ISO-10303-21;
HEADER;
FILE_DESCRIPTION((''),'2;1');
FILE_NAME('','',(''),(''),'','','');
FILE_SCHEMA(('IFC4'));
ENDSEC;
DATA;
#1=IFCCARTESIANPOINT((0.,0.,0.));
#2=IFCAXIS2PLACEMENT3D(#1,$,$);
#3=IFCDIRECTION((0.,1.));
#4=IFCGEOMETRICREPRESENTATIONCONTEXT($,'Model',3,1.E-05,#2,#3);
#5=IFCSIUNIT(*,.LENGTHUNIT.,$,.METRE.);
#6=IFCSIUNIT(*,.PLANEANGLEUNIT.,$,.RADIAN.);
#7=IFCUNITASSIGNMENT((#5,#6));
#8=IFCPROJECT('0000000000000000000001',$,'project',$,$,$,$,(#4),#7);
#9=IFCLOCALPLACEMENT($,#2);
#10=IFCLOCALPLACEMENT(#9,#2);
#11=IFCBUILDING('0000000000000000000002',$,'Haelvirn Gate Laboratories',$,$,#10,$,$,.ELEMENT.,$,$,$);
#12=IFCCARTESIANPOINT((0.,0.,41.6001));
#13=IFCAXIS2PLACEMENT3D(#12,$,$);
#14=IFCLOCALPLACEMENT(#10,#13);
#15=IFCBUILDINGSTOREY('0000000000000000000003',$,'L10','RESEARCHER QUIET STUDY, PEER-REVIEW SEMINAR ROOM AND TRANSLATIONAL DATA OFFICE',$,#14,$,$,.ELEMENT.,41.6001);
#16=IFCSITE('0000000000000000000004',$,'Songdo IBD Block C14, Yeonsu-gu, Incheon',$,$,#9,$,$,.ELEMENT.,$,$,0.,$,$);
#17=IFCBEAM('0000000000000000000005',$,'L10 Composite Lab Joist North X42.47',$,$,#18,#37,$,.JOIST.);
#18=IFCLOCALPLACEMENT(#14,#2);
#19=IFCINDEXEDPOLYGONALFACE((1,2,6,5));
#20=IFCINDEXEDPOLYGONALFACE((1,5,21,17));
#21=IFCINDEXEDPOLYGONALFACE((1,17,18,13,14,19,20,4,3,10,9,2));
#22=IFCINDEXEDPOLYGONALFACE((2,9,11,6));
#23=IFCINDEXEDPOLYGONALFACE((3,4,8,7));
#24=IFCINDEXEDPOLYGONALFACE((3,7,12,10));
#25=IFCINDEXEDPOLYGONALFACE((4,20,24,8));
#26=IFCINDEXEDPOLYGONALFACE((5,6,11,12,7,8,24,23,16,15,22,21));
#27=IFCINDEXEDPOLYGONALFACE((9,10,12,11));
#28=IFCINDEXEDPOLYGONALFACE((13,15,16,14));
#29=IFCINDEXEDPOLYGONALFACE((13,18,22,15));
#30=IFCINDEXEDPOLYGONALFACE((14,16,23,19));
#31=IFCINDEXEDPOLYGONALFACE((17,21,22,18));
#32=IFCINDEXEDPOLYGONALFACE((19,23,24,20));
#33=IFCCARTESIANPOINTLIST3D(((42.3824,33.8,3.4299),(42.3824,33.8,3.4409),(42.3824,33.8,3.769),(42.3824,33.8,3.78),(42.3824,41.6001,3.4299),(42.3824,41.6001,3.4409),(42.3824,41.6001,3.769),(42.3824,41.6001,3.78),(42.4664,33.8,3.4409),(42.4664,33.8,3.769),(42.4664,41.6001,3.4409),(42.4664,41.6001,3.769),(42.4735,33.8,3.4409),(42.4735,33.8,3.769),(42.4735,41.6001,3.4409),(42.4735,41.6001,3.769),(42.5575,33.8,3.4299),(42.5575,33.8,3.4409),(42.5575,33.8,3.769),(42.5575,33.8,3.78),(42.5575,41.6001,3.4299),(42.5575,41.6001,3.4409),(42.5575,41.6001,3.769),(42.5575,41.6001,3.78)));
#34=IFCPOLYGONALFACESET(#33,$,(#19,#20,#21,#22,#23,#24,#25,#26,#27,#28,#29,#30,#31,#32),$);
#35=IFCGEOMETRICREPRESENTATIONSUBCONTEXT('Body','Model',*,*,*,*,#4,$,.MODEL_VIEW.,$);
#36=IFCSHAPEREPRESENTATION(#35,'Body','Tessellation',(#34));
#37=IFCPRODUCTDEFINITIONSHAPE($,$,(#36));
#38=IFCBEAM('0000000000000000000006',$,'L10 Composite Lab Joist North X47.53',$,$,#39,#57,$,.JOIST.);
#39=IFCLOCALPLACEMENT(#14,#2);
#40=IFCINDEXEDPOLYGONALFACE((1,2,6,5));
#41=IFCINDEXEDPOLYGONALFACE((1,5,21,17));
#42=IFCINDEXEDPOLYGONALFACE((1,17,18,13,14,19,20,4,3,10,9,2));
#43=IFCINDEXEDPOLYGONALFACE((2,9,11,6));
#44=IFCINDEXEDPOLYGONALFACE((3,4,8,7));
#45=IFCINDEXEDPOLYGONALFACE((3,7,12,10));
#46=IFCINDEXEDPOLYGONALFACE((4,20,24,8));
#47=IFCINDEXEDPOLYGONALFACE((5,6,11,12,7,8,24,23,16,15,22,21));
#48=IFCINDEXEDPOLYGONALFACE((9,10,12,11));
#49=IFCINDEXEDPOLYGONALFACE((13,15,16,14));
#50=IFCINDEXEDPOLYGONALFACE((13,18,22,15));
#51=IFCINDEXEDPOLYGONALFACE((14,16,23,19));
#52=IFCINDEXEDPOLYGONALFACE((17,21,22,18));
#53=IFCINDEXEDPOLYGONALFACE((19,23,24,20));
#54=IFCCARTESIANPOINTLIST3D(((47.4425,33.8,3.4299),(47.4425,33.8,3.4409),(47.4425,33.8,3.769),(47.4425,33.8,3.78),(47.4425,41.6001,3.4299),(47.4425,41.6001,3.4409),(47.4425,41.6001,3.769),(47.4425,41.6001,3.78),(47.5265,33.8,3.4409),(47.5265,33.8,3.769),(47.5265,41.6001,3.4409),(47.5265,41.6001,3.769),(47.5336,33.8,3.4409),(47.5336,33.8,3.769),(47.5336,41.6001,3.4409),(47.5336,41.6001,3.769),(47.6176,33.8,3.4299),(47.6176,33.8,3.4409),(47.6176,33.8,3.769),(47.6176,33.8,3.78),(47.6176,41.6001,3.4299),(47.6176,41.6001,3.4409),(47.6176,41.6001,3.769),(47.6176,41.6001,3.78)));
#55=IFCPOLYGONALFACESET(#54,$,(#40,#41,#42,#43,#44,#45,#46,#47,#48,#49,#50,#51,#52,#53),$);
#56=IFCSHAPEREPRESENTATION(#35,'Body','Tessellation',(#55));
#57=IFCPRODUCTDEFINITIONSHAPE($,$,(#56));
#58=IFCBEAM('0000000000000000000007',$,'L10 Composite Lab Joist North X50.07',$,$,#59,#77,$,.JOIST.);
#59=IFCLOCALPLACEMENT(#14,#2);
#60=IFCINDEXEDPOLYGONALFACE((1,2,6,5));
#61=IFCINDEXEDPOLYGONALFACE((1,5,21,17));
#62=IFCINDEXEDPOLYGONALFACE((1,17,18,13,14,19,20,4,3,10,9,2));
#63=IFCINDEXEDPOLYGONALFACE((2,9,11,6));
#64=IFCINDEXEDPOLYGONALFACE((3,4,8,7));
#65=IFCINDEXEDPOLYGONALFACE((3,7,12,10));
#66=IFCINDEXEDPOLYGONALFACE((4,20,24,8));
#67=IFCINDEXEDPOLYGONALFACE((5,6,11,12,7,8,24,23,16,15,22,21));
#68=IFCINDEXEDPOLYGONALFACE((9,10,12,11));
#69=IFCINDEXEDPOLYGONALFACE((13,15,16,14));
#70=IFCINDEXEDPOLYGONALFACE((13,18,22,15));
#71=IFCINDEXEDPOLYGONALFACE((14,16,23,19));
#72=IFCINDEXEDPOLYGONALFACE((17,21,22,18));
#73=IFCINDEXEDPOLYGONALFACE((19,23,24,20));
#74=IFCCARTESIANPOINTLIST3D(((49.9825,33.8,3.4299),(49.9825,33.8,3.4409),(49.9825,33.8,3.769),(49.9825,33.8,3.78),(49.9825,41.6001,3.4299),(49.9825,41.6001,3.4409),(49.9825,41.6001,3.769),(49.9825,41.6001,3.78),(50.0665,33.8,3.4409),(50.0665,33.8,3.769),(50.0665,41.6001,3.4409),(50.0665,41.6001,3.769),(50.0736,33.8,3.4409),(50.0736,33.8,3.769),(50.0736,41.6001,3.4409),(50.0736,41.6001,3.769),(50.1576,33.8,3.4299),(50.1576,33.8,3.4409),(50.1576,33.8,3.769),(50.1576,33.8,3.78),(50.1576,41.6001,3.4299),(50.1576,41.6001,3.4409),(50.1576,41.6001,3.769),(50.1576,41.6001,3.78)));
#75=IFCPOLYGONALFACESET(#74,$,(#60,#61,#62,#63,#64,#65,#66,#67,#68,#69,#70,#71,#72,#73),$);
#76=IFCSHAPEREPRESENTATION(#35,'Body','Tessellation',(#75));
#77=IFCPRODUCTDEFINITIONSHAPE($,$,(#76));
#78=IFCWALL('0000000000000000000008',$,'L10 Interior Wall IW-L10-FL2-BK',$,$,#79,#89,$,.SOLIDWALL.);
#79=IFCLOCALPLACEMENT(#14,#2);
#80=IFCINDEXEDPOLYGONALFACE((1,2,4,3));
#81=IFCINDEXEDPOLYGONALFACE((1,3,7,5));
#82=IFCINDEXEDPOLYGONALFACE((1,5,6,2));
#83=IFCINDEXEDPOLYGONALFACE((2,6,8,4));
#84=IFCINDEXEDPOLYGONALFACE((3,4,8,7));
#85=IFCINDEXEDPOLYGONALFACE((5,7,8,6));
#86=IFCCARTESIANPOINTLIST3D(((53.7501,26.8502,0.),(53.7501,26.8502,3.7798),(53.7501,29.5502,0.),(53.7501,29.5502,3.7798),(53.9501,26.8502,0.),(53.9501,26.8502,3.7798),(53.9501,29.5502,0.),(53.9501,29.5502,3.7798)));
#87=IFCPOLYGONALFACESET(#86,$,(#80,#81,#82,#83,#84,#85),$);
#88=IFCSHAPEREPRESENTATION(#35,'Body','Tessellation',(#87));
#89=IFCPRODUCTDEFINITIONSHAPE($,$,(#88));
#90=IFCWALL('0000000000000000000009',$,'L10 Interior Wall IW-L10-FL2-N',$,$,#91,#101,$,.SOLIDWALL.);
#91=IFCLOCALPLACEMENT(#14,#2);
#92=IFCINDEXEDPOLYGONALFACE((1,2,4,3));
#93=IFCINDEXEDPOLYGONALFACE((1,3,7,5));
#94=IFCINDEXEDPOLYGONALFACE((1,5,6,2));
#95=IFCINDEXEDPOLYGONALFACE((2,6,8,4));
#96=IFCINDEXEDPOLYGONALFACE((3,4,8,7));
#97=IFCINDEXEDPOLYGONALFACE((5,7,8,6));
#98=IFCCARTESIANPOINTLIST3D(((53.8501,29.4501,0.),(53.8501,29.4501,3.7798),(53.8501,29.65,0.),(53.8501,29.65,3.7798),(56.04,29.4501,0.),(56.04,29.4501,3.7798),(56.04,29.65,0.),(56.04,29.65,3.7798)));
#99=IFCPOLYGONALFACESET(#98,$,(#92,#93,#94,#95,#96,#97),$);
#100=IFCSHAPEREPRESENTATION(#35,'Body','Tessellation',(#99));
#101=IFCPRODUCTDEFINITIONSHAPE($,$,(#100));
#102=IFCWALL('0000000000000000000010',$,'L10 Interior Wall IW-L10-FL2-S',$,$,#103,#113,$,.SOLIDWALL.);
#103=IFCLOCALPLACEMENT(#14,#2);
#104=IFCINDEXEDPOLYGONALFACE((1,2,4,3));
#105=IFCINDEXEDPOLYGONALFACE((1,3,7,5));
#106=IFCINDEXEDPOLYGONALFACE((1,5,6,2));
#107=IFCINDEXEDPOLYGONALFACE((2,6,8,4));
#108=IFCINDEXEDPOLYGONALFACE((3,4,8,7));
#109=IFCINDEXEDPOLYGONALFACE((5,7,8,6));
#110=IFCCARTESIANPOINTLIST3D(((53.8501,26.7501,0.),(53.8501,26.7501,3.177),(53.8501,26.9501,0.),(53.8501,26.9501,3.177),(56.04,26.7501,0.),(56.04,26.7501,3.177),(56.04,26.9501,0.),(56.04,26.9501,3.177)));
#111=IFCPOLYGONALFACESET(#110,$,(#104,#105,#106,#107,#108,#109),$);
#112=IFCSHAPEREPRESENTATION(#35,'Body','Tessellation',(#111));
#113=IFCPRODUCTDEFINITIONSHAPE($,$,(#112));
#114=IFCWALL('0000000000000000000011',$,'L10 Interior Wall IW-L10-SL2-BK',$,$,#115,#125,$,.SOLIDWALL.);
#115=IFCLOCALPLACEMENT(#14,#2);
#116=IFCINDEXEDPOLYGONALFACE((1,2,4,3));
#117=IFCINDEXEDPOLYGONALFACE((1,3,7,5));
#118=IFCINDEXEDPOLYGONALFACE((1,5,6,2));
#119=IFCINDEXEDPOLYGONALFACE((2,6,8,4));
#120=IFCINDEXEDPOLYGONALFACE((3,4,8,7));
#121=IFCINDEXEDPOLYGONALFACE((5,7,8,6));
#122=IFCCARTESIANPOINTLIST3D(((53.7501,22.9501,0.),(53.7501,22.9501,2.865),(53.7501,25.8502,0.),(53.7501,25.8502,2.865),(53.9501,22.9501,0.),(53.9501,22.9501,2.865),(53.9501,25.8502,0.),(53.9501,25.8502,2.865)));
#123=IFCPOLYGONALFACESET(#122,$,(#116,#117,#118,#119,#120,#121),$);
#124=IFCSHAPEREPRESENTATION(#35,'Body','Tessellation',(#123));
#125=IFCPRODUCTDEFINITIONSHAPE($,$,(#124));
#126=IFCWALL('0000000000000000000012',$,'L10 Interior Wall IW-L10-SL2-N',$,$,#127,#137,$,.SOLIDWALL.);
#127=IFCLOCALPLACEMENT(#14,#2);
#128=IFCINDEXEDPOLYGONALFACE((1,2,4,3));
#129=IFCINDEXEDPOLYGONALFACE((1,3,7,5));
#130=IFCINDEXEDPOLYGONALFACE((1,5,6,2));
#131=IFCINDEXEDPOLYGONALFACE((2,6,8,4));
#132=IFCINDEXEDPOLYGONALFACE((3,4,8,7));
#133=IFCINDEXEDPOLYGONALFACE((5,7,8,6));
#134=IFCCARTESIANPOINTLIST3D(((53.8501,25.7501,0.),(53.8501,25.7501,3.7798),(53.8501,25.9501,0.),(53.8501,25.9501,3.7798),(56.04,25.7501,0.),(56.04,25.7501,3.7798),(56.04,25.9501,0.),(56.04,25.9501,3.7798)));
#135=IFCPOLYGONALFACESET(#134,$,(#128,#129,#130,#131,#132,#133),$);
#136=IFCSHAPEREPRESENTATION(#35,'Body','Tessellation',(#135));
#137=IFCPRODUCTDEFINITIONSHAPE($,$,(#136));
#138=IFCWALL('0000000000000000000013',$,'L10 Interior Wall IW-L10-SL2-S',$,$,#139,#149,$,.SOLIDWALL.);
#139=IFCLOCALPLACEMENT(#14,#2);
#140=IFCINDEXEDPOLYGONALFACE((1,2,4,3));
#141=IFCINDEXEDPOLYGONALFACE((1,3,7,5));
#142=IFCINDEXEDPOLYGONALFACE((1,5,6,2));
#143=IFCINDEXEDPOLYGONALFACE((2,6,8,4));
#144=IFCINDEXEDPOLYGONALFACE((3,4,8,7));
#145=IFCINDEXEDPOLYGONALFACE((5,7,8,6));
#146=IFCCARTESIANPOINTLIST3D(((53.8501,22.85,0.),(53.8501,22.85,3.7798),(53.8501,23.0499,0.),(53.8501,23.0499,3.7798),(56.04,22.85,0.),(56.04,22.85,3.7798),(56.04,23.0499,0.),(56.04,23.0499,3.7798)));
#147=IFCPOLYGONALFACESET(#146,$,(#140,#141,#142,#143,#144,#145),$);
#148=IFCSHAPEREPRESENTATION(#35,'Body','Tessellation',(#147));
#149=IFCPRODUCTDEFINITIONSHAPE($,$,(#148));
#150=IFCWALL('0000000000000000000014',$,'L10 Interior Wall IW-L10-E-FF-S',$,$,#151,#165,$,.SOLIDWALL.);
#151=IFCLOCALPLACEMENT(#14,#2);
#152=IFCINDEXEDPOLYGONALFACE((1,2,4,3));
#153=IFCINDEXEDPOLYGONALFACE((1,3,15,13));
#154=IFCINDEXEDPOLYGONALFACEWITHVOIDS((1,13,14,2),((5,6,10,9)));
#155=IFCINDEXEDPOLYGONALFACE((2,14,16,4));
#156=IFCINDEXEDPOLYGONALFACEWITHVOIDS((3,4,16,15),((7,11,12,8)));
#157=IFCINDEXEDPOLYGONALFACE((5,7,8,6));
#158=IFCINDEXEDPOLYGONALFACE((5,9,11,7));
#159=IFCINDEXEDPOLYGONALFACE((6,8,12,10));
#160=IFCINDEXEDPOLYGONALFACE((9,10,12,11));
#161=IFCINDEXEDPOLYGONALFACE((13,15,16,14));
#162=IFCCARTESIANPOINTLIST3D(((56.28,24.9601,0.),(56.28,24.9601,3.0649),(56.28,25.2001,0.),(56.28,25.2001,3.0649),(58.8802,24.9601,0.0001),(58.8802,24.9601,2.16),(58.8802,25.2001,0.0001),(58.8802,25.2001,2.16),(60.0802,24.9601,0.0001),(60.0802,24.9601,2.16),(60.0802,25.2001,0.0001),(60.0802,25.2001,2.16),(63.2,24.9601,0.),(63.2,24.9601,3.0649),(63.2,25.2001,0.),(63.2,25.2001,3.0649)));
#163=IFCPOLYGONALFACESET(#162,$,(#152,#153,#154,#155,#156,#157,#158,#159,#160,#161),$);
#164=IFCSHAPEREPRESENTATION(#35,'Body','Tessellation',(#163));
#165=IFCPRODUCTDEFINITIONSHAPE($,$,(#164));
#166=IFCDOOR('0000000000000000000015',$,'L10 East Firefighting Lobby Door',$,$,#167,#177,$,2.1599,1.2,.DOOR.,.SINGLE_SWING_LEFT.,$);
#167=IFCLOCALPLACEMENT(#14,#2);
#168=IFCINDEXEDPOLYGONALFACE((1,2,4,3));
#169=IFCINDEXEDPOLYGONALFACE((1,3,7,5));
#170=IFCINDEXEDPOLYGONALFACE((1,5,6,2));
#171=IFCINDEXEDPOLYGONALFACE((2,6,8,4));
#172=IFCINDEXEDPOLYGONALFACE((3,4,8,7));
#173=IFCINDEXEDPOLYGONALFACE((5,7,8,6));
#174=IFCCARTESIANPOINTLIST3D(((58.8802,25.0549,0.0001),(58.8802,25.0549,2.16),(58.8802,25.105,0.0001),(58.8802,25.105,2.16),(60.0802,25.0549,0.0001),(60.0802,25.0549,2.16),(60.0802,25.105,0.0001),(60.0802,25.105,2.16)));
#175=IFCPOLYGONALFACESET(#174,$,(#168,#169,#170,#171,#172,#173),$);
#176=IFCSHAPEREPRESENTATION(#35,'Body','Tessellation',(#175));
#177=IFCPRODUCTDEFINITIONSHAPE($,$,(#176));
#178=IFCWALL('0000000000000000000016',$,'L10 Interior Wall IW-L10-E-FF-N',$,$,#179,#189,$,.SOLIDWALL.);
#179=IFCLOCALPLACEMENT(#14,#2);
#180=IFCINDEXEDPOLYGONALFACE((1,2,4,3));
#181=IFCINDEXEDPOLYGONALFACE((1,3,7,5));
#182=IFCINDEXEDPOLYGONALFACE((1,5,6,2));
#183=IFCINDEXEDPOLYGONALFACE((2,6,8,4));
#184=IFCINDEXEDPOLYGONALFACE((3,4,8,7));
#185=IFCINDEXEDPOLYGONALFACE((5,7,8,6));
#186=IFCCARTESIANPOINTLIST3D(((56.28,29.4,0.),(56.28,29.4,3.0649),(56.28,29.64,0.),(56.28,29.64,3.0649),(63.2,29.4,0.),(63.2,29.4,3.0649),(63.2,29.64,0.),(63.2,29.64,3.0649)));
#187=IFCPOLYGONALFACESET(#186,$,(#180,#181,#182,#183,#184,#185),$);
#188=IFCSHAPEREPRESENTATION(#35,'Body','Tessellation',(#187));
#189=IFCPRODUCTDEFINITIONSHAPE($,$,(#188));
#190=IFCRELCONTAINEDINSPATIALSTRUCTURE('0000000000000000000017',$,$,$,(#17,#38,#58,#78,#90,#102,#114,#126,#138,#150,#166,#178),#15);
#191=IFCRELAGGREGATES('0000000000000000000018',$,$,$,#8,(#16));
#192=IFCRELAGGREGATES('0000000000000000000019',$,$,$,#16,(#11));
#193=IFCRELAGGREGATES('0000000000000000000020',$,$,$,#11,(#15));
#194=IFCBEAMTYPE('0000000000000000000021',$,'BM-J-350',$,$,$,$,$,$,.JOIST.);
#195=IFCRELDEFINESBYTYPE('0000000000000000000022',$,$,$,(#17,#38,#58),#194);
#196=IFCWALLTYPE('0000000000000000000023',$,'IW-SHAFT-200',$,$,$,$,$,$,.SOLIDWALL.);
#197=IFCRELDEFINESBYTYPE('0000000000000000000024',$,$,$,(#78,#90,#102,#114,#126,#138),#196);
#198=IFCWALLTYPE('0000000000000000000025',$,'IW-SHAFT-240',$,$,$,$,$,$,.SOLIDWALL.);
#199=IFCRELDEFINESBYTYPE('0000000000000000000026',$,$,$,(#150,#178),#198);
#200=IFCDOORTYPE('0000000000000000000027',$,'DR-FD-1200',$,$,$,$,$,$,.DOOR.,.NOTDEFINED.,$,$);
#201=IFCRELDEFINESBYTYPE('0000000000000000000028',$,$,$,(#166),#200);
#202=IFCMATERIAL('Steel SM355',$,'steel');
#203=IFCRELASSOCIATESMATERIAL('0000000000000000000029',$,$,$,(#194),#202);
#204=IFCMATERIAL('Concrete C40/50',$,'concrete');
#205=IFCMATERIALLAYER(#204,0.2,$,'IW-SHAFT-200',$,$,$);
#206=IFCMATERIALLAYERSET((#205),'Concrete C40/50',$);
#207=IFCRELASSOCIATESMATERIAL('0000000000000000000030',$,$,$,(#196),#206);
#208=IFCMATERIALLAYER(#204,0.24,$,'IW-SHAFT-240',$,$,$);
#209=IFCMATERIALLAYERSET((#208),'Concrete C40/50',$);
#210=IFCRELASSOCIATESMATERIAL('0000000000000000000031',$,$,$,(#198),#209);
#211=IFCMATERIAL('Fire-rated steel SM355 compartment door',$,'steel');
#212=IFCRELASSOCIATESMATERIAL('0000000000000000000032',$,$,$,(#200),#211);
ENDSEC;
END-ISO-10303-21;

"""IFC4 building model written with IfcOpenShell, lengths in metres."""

from ifc_helpers import new_model, si_unit, direction, frame, frame_2d, origin, origin_2d, place, context, subcontext, project, spatial, rectangle, i_section, extrude, source, transform, mapped, material, layer, layer_set, material_profile, profile_set, type_object, type_shapes, element, fill, save


model = new_model("IFC4")

# Units and contexts
model_context = context("Model", 3, precision=1e-05, world=origin(), true_north=direction((0.0, 1.0)))
body_context = subcontext(model_context, "Body", "Model", "MODEL_VIEW")
ifc_project = project(units=[si_unit("LENGTHUNIT", "METRE"), si_unit("PLANEANGLEUNIT", "RADIAN")], contexts=[model_context])

# Site, building, storey
site_placement = place(None, origin())
site = spatial("IfcSite", under=ifc_project, at=site_placement, Name="Songdo IBD Block C14, Yeonsu-gu, Incheon", CompositionType="ELEMENT", RefElevation=0.0)
building_placement = place(site_placement, origin())
building = spatial("IfcBuilding", under=site, at=building_placement, Name="Haelvirn Gate Laboratories", CompositionType="ELEMENT")
storey_placement = place(building_placement, frame((0.0, 0.0, 41.6001)))
storey = spatial("IfcBuildingStorey", under=building, at=storey_placement, Name="L10", Description="RESEARCHER QUIET STUDY, PEER-REVIEW SEMINAR ROOM AND TRANSLATIONAL DATA OFFICE", CompositionType="ELEMENT", Elevation=41.6001)

# Beams
ifc_material_1 = material(Name="Steel SM355", Category="steel")
ifc_material_profile_1 = material_profile(ifc_material_1, i_section(OverallWidth=0.175, OverallDepth=0.3501, WebThickness=0.0071, FlangeThickness=0.011, at=origin_2d()), Name="H-350x175x7x11")
ifc_profile_set_1 = profile_set([ifc_material_profile_1], Name="Steel SM355")
beam_type_1 = type_object("IfcBeamType", Name="BM-J-350", PredefinedType="JOIST", material=ifc_profile_set_1)
shared_shape_1 = source(origin(), body_context, "Body", "SweptSolid", [
    extrude(i_section(OverallWidth=0.175, OverallDepth=0.3501, WebThickness=0.0071, FlangeThickness=0.011, at=origin_2d()), origin(), (0.0, 0.0, 1.0), 7.8),
])
type_shapes(beam_type_1, [shared_shape_1])
for number, where, z_axis, x_axis, name in (
    (1, (42.47, 33.8, 3.605), (0.0, 1.0, 0.0), (-1.0, 0.0, 0.0), "L10 Composite Lab Joist North X42.47"),
    (2, (47.53, 33.8, 3.605), (0.0, 1.0, 0.0), (-1.0, 0.0, 0.0), "L10 Composite Lab Joist North X47.53"),
    (3, (50.0701, 33.8, 3.605), (0.0, 1.0, 0.0), (-1.0, 0.0, 0.0), "L10 Composite Lab Joist North X50.07"),
):
    element("IfcBeam", number, at=place(storey_placement, frame(where, z_axis=z_axis, x_axis=x_axis)), inside=storey, type_object=beam_type_1, Name=name, PredefinedType="JOIST", context=body_context, shape_type="MappedRepresentation", body=[
        mapped(shared_shape_1, transform((0.0, 0.0, 0.0), scale=1.0)),
    ])

# Walls
ifc_material_2 = material(Name="Concrete C40/50", Category="concrete")
ifc_layer_1 = layer(ifc_material_2, 0.2, Name="IW-SHAFT-200")
ifc_layer_set_1 = layer_set([ifc_layer_1], Name="Concrete C40/50")
wall_type_1 = type_object("IfcWallType", Name="IW-SHAFT-200", PredefinedType="SOLIDWALL", material=ifc_layer_set_1)
wall_1_placement = place(storey_placement, frame((53.8501, 26.8501, 0.0), z_axis=(0.0, 0.0, 1.0), x_axis=(0.0, 1.0, 0.0)))
element("IfcWall", 4, at=wall_1_placement, inside=storey, type_object=wall_type_1, Name="L10 Interior Wall IW-L10-FL2-BK", PredefinedType="SOLIDWALL", context=body_context, shape_type="SweptSolid", body=[
    extrude(rectangle(XDim=2.7, YDim=0.2, at=frame_2d((1.3501, 0.0))), origin(), (0.0, 0.0, 1.0), 3.7798),
])
wall_2_placement = place(storey_placement, frame((53.8501, 29.55, 0.0), z_axis=(0.0, 0.0, 1.0), x_axis=(1.0, 0.0, 0.0)))
element("IfcWall", 5, at=wall_2_placement, inside=storey, type_object=wall_type_1, Name="L10 Interior Wall IW-L10-FL2-N", PredefinedType="SOLIDWALL", context=body_context, shape_type="SweptSolid", body=[
    extrude(rectangle(XDim=2.1899, YDim=0.2, at=frame_2d((1.095, 0.0))), origin(), (0.0, 0.0, 1.0), 3.7798),
])
wall_3_placement = place(storey_placement, frame((53.8501, 26.8501, 0.0), z_axis=(0.0, 0.0, 1.0), x_axis=(1.0, 0.0, 0.0)))
element("IfcWall", 6, at=wall_3_placement, inside=storey, type_object=wall_type_1, Name="L10 Interior Wall IW-L10-FL2-S", PredefinedType="SOLIDWALL", context=body_context, shape_type="SweptSolid", body=[
    extrude(rectangle(XDim=2.1899, YDim=0.2, at=frame_2d((1.095, 0.0))), origin(), (0.0, 0.0, 1.0), 3.177),
])
wall_4_placement = place(storey_placement, frame((53.8501, 22.95, 0.0), z_axis=(0.0, 0.0, 1.0), x_axis=(0.0, 1.0, 0.0)))
element("IfcWall", 7, at=wall_4_placement, inside=storey, type_object=wall_type_1, Name="L10 Interior Wall IW-L10-SL2-BK", PredefinedType="SOLIDWALL", context=body_context, shape_type="SweptSolid", body=[
    extrude(rectangle(XDim=2.9001, YDim=0.2, at=frame_2d((1.4502, 0.0))), origin(), (0.0, 0.0, 1.0), 2.865),
])
for number, where, z_axis, x_axis, name in (
    (8, (53.8501, 25.8501, 0.0), (0.0, 0.0, 1.0), (1.0, 0.0, 0.0), "L10 Interior Wall IW-L10-SL2-N"),
    (9, (53.8501, 22.95, 0.0), (0.0, 0.0, 1.0), (1.0, 0.0, 0.0), "L10 Interior Wall IW-L10-SL2-S"),
):
    element("IfcWall", number, at=place(storey_placement, frame(where, z_axis=z_axis, x_axis=x_axis)), inside=storey, type_object=wall_type_1, Name=name, PredefinedType="SOLIDWALL", context=body_context, shape_type="SweptSolid", body=[
        extrude(rectangle(XDim=2.1899, YDim=0.2, at=frame_2d((1.095, 0.0))), origin(), (0.0, 0.0, 1.0), 3.7798),
    ])

# Wall, opening, door
ifc_layer_2 = layer(ifc_material_2, 0.24, Name="IW-SHAFT-240")
ifc_layer_set_2 = layer_set([ifc_layer_2], Name="Concrete C40/50")
wall_type_2 = type_object("IfcWallType", Name="IW-SHAFT-240", PredefinedType="SOLIDWALL", material=ifc_layer_set_2)
wall_5_placement = place(storey_placement, frame((56.28, 25.0801, 0.0), z_axis=(0.0, 0.0, 1.0), x_axis=(1.0, 0.0, 0.0)))
wall_5 = element("IfcWall", 10, at=wall_5_placement, inside=storey, type_object=wall_type_2, Name="L10 Interior Wall IW-L10-E-FF-S", PredefinedType="SOLIDWALL", context=body_context, shape_type="SweptSolid", body=[
    extrude(rectangle(XDim=6.9199, YDim=0.24, at=frame_2d((3.46, 0.0))), origin(), (0.0, 0.0, 1.0), 3.0649),
])
opening_1_placement = place(wall_5_placement, frame((2.6001, 0.0, 0.0)))
opening_1 = element("IfcOpeningElement", 11, at=opening_1_placement, cuts=wall_5, PredefinedType="OPENING", context=body_context, shape_type="SweptSolid", body=[
    extrude(rectangle(XDim=1.2, YDim=2.1599, at=frame_2d((0.6001, 1.0801))), frame((0.0, 0.1299, 0.0), z_axis=(0.0, -1.0, 0.0), x_axis=(1.0, 0.0, 0.0)), (0.0, 0.0, 1.0), 0.26),
])
ifc_material_3 = material(Name="Fire-rated steel SM355 compartment door", Category="steel")
door_type_1 = type_object("IfcDoorType", Name="DR-FD-1200", OperationType="NOTDEFINED", PredefinedType="DOOR", material=ifc_material_3)
shared_shape_2 = source(origin(), body_context, "Body", "SweptSolid", [
    extrude(rectangle(XDim=1.2, YDim=2.1599, at=frame_2d((0.6001, 1.0801))), frame((0.0, 0.0249, 0.0), z_axis=(0.0, -1.0, 0.0), x_axis=(1.0, 0.0, 0.0)), (0.0, 0.0, 1.0), 0.05),
])
type_shapes(door_type_1, [shared_shape_2])
door_1_placement = place(opening_1_placement, origin())
door_1 = element("IfcDoor", 12, at=door_1_placement, inside=storey, type_object=door_type_1, Name="L10 East Firefighting Lobby Door", OperationType="SINGLE_SWING_LEFT", OverallHeight=2.1599, OverallWidth=1.2, PredefinedType="DOOR", context=body_context, shape_type="MappedRepresentation", body=[
    mapped(shared_shape_2, transform((0.0, 0.0, 0.0), scale=1.0)),
])
fill(opening_1, door_1)

# Wall
wall_6_placement = place(storey_placement, frame((56.28, 29.52, 0.0), z_axis=(0.0, 0.0, 1.0), x_axis=(1.0, 0.0, 0.0)))
element("IfcWall", 13, at=wall_6_placement, inside=storey, type_object=wall_type_2, Name="L10 Interior Wall IW-L10-E-FF-N", PredefinedType="SOLIDWALL", context=body_context, shape_type="SweptSolid", body=[
    extrude(rectangle(XDim=6.9199, YDim=0.24, at=frame_2d((3.46, 0.0))), origin(), (0.0, 0.0, 1.0), 3.0649),
])

save(model, "model.ifc")
